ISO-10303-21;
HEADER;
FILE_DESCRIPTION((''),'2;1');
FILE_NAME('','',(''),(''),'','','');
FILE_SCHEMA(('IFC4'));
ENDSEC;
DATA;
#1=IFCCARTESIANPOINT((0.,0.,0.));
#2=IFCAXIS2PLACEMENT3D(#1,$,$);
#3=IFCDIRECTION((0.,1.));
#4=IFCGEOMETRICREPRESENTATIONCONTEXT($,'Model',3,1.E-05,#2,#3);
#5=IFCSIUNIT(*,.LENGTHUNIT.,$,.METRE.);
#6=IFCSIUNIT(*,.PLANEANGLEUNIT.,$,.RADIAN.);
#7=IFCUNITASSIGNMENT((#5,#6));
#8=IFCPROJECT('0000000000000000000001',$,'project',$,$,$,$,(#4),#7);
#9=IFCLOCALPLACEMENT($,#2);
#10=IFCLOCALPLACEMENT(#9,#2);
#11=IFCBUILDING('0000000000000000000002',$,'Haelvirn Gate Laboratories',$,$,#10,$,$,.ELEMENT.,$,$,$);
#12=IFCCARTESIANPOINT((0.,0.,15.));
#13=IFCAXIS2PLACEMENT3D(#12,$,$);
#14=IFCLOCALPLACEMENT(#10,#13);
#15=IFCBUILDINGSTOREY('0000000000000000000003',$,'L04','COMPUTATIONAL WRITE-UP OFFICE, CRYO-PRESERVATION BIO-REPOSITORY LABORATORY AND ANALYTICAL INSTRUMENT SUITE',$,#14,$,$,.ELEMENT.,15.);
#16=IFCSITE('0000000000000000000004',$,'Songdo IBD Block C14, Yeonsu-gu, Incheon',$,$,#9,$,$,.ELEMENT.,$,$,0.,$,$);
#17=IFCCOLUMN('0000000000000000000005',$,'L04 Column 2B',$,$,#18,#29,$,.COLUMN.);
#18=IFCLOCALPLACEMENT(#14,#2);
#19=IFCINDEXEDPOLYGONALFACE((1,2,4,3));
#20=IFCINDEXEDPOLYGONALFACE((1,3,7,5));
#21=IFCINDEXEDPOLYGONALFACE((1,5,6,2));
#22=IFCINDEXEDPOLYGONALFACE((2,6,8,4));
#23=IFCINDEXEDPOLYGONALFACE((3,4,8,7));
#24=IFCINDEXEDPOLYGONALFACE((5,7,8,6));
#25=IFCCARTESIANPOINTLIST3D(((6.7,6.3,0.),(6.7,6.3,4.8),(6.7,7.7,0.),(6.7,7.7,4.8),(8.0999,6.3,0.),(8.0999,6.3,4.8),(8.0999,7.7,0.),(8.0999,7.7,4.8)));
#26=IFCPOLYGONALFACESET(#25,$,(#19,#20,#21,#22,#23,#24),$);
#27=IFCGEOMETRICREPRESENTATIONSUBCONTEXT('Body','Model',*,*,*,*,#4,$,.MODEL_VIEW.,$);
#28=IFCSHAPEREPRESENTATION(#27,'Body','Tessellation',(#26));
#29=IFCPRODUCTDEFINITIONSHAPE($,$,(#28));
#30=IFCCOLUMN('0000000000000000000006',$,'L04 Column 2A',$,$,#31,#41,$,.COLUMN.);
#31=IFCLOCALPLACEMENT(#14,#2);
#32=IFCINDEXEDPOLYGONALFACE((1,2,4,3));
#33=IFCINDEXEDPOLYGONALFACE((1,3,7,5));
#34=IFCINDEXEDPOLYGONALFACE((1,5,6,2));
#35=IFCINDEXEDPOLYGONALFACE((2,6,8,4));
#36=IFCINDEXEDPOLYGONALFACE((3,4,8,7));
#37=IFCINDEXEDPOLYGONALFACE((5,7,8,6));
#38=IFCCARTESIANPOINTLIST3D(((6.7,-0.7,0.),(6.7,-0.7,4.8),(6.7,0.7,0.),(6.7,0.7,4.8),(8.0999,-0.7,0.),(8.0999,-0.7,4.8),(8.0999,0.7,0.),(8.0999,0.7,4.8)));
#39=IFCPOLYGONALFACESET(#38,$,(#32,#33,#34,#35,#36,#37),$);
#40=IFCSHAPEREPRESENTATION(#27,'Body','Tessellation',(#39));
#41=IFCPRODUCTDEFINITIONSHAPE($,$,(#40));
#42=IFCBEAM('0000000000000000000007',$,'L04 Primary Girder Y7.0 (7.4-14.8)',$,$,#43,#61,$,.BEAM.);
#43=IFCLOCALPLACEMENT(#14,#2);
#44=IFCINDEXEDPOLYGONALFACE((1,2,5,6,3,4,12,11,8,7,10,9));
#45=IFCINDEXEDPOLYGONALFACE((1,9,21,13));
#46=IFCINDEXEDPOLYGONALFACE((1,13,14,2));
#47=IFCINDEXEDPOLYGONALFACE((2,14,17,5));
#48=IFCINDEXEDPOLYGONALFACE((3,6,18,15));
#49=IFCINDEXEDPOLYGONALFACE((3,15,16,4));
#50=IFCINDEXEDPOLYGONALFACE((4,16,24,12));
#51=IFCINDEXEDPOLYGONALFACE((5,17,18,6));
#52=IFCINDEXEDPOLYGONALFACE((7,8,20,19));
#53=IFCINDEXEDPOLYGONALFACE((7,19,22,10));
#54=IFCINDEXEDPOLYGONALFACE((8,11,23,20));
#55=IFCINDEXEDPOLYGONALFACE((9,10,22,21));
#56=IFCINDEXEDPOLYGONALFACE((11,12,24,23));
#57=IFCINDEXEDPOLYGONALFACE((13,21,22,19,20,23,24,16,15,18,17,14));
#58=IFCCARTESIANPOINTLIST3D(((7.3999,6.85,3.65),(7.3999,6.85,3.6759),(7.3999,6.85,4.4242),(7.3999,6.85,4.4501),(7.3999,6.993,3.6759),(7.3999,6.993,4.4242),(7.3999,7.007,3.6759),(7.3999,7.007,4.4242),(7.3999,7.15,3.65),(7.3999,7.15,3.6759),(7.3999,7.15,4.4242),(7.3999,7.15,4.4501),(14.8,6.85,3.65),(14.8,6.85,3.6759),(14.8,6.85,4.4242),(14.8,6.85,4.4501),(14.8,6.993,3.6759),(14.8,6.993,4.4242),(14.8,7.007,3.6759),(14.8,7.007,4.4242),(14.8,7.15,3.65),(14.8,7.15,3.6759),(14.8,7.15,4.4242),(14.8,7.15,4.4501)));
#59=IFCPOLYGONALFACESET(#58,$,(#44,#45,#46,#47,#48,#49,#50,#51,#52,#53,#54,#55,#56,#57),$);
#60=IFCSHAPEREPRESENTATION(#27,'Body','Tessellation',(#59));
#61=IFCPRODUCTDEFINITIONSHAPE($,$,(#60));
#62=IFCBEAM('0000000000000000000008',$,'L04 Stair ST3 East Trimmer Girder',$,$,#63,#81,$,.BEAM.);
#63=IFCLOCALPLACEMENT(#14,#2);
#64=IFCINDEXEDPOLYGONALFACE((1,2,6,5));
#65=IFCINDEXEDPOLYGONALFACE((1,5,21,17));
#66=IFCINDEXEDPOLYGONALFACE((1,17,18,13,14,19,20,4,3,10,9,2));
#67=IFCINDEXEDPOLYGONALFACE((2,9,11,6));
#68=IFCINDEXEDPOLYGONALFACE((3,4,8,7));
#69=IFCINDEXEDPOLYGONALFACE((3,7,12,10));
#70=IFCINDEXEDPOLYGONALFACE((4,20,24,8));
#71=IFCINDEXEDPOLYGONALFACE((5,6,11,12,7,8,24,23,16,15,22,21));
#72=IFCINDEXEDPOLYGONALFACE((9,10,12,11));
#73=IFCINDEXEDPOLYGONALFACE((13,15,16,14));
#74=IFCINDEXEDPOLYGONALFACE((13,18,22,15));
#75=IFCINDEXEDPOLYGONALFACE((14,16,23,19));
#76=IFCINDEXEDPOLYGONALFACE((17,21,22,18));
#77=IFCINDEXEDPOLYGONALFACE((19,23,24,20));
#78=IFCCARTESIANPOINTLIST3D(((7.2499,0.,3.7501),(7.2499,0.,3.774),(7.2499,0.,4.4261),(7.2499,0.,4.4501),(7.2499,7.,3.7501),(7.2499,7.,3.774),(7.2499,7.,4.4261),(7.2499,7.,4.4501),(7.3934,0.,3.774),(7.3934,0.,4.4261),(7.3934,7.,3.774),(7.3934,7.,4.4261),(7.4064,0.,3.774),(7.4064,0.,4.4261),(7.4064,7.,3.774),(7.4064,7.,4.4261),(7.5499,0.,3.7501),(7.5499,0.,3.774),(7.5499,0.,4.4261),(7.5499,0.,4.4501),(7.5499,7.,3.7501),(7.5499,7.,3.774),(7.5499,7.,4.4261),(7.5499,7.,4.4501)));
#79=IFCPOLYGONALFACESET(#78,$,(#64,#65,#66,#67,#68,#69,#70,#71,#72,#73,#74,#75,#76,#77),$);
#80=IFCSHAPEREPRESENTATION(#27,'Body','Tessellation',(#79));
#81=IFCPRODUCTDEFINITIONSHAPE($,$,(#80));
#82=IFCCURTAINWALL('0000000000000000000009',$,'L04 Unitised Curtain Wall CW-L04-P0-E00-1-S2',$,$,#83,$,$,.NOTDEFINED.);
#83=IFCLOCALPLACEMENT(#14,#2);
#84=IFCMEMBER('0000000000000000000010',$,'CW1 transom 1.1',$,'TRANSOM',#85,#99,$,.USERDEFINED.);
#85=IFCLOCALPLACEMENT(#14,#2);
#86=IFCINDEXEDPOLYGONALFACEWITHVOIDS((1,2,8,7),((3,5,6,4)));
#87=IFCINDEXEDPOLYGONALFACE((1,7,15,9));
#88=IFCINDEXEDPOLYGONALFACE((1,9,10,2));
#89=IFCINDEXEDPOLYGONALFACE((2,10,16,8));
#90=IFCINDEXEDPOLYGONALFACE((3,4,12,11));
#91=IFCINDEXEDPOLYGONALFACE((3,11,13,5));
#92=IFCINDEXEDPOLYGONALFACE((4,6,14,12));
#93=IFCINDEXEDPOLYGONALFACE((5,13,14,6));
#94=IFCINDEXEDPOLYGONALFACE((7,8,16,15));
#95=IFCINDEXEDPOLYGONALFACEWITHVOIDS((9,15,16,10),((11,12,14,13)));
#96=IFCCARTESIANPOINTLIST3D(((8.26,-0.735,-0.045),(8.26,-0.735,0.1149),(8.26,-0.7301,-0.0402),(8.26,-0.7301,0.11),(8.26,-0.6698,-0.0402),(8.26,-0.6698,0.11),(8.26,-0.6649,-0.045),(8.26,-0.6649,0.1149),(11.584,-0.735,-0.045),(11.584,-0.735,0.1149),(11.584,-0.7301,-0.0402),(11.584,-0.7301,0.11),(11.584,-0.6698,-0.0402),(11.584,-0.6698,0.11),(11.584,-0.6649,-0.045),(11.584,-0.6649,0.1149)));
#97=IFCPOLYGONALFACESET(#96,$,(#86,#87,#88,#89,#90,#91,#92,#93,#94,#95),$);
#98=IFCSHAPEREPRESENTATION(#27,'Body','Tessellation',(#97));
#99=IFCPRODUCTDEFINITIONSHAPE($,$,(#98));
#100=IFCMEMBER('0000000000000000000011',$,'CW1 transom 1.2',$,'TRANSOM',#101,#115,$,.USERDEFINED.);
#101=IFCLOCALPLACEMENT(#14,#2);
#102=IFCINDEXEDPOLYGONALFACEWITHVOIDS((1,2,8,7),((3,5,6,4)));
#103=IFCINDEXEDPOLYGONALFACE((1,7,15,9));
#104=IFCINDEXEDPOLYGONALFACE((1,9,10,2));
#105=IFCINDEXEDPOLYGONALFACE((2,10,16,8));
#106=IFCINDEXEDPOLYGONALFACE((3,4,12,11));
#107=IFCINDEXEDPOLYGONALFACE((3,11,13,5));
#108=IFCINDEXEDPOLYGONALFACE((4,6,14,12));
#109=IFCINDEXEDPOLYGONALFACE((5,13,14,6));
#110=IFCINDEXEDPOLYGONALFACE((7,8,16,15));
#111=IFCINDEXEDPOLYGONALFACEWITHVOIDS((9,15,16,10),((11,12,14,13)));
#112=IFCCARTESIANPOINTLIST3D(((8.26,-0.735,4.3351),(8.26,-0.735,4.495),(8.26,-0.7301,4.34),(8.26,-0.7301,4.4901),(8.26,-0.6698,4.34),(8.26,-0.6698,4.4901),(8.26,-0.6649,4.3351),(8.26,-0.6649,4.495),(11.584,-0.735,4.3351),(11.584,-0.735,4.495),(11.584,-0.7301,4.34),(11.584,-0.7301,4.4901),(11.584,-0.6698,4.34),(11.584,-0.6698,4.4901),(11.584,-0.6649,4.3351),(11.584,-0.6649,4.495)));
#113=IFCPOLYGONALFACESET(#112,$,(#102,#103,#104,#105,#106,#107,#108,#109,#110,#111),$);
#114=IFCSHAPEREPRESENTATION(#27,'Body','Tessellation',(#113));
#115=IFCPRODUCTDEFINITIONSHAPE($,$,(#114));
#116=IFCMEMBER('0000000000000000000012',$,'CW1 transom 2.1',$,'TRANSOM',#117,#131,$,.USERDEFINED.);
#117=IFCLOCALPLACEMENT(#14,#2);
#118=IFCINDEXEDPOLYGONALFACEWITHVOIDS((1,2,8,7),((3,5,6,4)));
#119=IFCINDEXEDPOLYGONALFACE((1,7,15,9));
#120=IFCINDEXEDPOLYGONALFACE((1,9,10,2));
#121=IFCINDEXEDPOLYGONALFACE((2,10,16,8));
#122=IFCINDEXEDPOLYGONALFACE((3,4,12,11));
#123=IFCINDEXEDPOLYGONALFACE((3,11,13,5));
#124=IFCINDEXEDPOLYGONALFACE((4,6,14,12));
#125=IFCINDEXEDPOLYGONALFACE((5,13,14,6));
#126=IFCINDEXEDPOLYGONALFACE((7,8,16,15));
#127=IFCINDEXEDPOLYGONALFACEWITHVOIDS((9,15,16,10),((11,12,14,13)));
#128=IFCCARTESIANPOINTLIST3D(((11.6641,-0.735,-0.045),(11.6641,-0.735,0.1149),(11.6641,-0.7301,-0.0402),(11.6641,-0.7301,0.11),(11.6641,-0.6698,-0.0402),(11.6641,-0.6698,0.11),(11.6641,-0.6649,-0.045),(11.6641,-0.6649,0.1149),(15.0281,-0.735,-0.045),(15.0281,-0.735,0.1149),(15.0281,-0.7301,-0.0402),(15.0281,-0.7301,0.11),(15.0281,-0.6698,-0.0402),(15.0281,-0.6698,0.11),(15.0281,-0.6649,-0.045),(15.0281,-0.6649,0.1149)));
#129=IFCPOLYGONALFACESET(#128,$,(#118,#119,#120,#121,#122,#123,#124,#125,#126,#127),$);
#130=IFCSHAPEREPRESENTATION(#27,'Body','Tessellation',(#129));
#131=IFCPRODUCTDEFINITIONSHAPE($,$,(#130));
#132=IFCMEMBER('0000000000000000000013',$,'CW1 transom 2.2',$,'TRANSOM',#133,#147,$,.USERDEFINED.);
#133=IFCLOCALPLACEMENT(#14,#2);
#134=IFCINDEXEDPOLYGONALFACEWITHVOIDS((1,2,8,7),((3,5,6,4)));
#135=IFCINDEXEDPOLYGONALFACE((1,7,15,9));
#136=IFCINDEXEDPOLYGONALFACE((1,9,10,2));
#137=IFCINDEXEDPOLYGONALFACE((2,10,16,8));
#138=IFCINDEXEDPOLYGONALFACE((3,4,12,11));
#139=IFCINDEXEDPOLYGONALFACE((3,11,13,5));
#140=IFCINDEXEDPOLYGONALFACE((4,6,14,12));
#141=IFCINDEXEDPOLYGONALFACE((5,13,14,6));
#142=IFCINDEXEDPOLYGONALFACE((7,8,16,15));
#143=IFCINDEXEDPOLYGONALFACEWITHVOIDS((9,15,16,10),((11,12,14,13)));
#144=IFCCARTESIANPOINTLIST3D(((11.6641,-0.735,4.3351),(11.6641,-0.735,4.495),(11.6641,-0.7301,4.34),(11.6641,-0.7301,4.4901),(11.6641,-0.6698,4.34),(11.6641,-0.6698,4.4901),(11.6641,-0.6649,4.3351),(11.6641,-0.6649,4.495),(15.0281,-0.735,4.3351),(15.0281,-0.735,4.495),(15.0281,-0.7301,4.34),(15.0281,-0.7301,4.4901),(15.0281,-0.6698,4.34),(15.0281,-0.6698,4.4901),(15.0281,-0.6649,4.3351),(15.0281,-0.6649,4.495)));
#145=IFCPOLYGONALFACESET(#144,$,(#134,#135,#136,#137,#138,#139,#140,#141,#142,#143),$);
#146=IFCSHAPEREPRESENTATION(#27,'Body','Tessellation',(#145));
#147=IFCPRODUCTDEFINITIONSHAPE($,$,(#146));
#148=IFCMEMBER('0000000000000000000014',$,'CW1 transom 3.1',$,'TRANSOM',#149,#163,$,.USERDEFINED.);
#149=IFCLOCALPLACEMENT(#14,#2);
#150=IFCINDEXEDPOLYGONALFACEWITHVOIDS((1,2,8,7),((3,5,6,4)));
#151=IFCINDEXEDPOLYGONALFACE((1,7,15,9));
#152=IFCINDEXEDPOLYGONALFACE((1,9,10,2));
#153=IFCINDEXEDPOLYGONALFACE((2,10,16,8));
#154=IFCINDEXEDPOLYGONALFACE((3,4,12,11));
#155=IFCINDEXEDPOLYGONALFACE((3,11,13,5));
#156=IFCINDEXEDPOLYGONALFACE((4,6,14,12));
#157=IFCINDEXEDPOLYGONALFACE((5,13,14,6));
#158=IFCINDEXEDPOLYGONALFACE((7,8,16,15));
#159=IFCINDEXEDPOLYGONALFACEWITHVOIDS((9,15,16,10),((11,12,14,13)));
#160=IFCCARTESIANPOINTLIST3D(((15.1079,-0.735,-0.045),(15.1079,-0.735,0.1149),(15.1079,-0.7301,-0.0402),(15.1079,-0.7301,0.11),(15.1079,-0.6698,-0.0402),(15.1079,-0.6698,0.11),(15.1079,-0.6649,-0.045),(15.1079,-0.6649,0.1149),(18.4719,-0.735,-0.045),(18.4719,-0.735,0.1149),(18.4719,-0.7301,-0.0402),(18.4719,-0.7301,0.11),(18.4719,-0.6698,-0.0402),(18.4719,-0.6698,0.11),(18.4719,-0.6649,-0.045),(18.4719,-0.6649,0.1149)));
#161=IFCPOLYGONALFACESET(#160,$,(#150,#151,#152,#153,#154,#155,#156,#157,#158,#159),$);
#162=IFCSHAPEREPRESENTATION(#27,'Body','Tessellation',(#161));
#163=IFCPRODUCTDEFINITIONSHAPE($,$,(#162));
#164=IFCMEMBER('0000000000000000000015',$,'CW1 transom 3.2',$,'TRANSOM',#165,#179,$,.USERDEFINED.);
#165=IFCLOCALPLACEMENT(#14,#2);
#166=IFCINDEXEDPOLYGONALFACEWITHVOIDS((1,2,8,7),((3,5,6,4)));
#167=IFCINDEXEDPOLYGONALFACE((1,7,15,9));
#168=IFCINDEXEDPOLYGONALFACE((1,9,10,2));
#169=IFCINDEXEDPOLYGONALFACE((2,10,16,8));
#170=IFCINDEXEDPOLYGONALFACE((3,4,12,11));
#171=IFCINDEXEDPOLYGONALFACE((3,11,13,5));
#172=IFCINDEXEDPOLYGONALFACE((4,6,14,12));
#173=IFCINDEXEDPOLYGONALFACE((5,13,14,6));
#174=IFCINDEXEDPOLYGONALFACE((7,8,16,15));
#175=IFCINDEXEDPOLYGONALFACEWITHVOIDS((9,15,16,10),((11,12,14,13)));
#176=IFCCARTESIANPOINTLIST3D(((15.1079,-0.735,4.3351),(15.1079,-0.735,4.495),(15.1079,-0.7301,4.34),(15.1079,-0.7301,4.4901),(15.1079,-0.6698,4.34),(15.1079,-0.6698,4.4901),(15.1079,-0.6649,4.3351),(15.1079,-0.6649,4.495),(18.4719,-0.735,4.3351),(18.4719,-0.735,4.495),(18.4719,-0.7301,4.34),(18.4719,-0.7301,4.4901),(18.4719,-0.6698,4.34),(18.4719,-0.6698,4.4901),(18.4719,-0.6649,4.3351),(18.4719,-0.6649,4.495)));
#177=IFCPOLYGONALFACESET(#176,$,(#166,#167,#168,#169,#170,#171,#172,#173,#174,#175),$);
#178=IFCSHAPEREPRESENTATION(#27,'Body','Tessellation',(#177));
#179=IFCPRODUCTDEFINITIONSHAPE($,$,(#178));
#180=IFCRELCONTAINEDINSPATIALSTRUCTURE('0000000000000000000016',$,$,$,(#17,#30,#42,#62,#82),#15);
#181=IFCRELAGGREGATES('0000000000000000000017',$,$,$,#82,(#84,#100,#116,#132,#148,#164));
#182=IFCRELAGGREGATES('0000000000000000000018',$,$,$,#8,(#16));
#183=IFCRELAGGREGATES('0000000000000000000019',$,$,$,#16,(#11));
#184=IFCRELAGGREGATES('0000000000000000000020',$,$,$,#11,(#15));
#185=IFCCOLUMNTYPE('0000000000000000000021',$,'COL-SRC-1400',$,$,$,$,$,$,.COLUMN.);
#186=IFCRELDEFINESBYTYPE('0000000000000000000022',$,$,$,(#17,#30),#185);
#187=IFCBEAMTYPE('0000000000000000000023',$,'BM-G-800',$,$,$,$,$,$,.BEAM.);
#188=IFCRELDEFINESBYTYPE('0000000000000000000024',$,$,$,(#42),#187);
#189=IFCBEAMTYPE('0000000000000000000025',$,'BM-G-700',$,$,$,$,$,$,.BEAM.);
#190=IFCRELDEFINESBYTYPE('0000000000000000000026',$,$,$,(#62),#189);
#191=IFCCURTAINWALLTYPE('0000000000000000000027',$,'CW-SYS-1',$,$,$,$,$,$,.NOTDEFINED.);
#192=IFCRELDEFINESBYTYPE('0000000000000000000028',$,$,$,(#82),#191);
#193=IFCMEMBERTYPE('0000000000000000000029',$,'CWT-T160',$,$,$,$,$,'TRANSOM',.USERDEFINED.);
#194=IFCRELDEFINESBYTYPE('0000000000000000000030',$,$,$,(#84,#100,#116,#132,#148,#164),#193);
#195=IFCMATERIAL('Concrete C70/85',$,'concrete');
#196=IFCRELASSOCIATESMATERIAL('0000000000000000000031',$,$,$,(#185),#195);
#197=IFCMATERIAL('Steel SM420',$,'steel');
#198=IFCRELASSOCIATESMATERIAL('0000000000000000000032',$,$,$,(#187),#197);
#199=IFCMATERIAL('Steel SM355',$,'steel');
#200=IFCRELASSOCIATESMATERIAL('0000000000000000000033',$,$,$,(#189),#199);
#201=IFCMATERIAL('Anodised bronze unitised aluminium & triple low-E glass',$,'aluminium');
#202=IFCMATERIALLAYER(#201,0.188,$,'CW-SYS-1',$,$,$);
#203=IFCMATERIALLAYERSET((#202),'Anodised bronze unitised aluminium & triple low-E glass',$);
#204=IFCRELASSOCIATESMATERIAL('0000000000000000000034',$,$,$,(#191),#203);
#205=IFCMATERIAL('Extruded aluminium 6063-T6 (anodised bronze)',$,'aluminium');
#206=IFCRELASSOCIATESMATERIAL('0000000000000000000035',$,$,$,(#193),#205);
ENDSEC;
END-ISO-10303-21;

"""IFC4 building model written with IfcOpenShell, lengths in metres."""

from ifc_helpers import new_model, si_unit, direction, frame, origin, origin_2d, place, context, subcontext, project, spatial, rectangle, hollow_rectangle, i_section, extrude, source, transform, mapped, material, layer, layer_set, material_profile, profile_set, type_object, type_shapes, element, aggregate, save


model = new_model("IFC4")

# Units and contexts
model_context = context("Model", 3, precision=1e-05, world=origin(), true_north=direction((0.0, 1.0)))
body_context = subcontext(model_context, "Body", "Model", "MODEL_VIEW")
ifc_project = project(units=[si_unit("LENGTHUNIT", "METRE"), si_unit("PLANEANGLEUNIT", "RADIAN")], contexts=[model_context])

# Site, building, storey
site_placement = place(None, origin())
site = spatial("IfcSite", under=ifc_project, at=site_placement, Name="Songdo IBD Block C14, Yeonsu-gu, Incheon", CompositionType="ELEMENT", RefElevation=0.0)
building_placement = place(site_placement, origin())
building = spatial("IfcBuilding", under=site, at=building_placement, Name="Haelvirn Gate Laboratories", CompositionType="ELEMENT")
storey_placement = place(building_placement, frame((0.0, 0.0, 15.0)))
storey = spatial("IfcBuildingStorey", under=building, at=storey_placement, Name="L04", Description="COMPUTATIONAL WRITE-UP OFFICE, CRYO-PRESERVATION BIO-REPOSITORY LABORATORY AND ANALYTICAL INSTRUMENT SUITE", CompositionType="ELEMENT", Elevation=15.0)

# Columns
ifc_material_1 = material(Name="Concrete C70/85", Category="concrete")
ifc_material_profile_1 = material_profile(ifc_material_1, rectangle(XDim=1.3999, YDim=1.3999, at=origin_2d()), Name="SRC-1400x1400")
ifc_profile_set_1 = profile_set([ifc_material_profile_1], Name="Concrete C70/85")
column_type = type_object("IfcColumnType", Name="COL-SRC-1400", PredefinedType="COLUMN", material=ifc_profile_set_1)
shared_shape_1 = source(origin(), body_context, "Body", "SweptSolid", [
    extrude(rectangle(XDim=1.3999, YDim=1.3999, at=origin_2d()), origin(), (0.0, 0.0, 1.0), 4.8),
])
type_shapes(column_type, [shared_shape_1])
for number, where, z_axis, x_axis, name in (
    (1, (7.3999, 7.0, 0.0), (0.0, 0.0, 1.0), (1.0, 0.0, 0.0), "L04 Column 2B"),
    (2, (7.3999, 0.0, 0.0), (0.0, 0.0, 1.0), (1.0, 0.0, 0.0), "L04 Column 2A"),
):
    element("IfcColumn", number, at=place(storey_placement, frame(where, z_axis=z_axis, x_axis=x_axis)), inside=storey, type_object=column_type, Name=name, PredefinedType="COLUMN", context=body_context, shape_type="MappedRepresentation", body=[
        mapped(shared_shape_1, transform((0.0, 0.0, 0.0), scale=1.0)),
    ])

# Beams
ifc_material_2 = material(Name="Steel SM420", Category="steel")
ifc_material_profile_2 = material_profile(ifc_material_2, i_section(OverallWidth=0.3, OverallDepth=0.8, WebThickness=0.0139, FlangeThickness=0.0259, at=origin_2d()), Name="H-800x300x14x26")
ifc_profile_set_2 = profile_set([ifc_material_profile_2], Name="Steel SM420")
beam_type_1 = type_object("IfcBeamType", Name="BM-G-800", PredefinedType="BEAM", material=ifc_profile_set_2)
shared_shape_2 = source(origin(), body_context, "Body", "SweptSolid", [
    extrude(i_section(OverallWidth=0.3, OverallDepth=0.8, WebThickness=0.0139, FlangeThickness=0.0259, at=origin_2d()), origin(), (0.0, 0.0, 1.0), 7.4001),
])
type_shapes(beam_type_1, [shared_shape_2])
beam_1_placement = place(storey_placement, frame((7.3999, 7.0, 4.05), z_axis=(1.0, 0.0, 0.0), x_axis=(0.0, 1.0, 0.0)))
element("IfcBeam", 3, at=beam_1_placement, inside=storey, type_object=beam_type_1, Name="L04 Primary Girder Y7.0 (7.4-14.8)", PredefinedType="BEAM", context=body_context, shape_type="MappedRepresentation", body=[
    mapped(shared_shape_2, transform((0.0, 0.0, 0.0), scale=1.0)),
])
ifc_material_3 = material(Name="Steel SM355", Category="steel")
ifc_material_profile_3 = material_profile(ifc_material_3, i_section(OverallWidth=0.3, OverallDepth=0.7, WebThickness=0.0129, FlangeThickness=0.0239, at=origin_2d()), Name="H-700x300x13x24")
ifc_profile_set_3 = profile_set([ifc_material_profile_3], Name="Steel SM355")
beam_type_2 = type_object("IfcBeamType", Name="BM-G-700", PredefinedType="BEAM", material=ifc_profile_set_3)
shared_shape_3 = source(origin(), body_context, "Body", "SweptSolid", [
    extrude(i_section(OverallWidth=0.3, OverallDepth=0.7, WebThickness=0.0129, FlangeThickness=0.0239, at=origin_2d()), origin(), (0.0, 0.0, 1.0), 7.0),
])
type_shapes(beam_type_2, [shared_shape_3])
beam_2_placement = place(storey_placement, frame((7.3999, 0.0, 4.1001), z_axis=(0.0, 1.0, 0.0), x_axis=(-1.0, 0.0, 0.0)))
element("IfcBeam", 4, at=beam_2_placement, inside=storey, type_object=beam_type_2, Name="L04 Stair ST3 East Trimmer Girder", PredefinedType="BEAM", context=body_context, shape_type="MappedRepresentation", body=[
    mapped(shared_shape_3, transform((0.0, 0.0, 0.0), scale=1.0)),
])

# Curtain wall, members
ifc_material_4 = material(Name="Anodised bronze unitised aluminium & triple low-E glass", Category="aluminium")
ifc_layer_1 = layer(ifc_material_4, 0.188, Name="CW-SYS-1")
ifc_layer_set_1 = layer_set([ifc_layer_1], Name="Anodised bronze unitised aluminium & triple low-E glass")
curtain_wall_type = type_object("IfcCurtainWallType", Name="CW-SYS-1", PredefinedType="NOTDEFINED", material=ifc_layer_set_1)
curtain_wall_1_placement = place(storey_placement, origin())
curtain_wall_1 = element("IfcCurtainWall", 5, at=curtain_wall_1_placement, inside=storey, type_object=curtain_wall_type, Name="L04 Unitised Curtain Wall CW-L04-P0-E00-1-S2", PredefinedType="NOTDEFINED")
ifc_material_5 = material(Name="Extruded aluminium 6063-T6 (anodised bronze)", Category="aluminium")
ifc_material_profile_4 = material_profile(ifc_material_5, hollow_rectangle(XDim=0.0701, YDim=0.1599, WallThickness=0.0049, at=origin_2d()), Name="CWT-160x70x5")
ifc_profile_set_4 = profile_set([ifc_material_profile_4], Name="Extruded aluminium 6063-T6 (anodised bronze)")
member_type_1 = type_object("IfcMemberType", Name="CWT-T160", ElementType="TRANSOM", PredefinedType="USERDEFINED", material=ifc_profile_set_4)
shared_shape_4 = source(origin(), body_context, "Body", "SweptSolid", [
    extrude(hollow_rectangle(XDim=0.0701, YDim=0.1599, WallThickness=0.0049, at=origin_2d()), origin(), (0.0, 0.0, 1.0), 3.324),
])
member_1_placement = place(storey_placement, frame((8.26, -0.7, 0.0349), z_axis=(1.0, 0.0, 0.0), x_axis=(0.0, 1.0, 0.0)))
member_1 = element("IfcMember", 6, at=member_1_placement, type_object=member_type_1, Name="CW1 transom 1.1", ObjectType="TRANSOM", PredefinedType="USERDEFINED", context=body_context, shape_type="MappedRepresentation", body=[
    mapped(shared_shape_4, transform((0.0, 0.0, 0.0), scale=1.0)),
])
member_2_placement = place(storey_placement, frame((8.26, -0.7, 4.415), z_axis=(1.0, 0.0, 0.0), x_axis=(0.0, 1.0, 0.0)))
member_2 = element("IfcMember", 7, at=member_2_placement, type_object=member_type_1, Name="CW1 transom 1.2", ObjectType="TRANSOM", PredefinedType="USERDEFINED", context=body_context, shape_type="MappedRepresentation", body=[
    mapped(shared_shape_4, transform((0.0, 0.0, 0.0), scale=1.0)),
])
shared_shape_5 = source(origin(), body_context, "Body", "SweptSolid", [
    extrude(hollow_rectangle(XDim=0.0701, YDim=0.1599, WallThickness=0.0049, at=origin_2d()), origin(), (0.0, 0.0, 1.0), 3.364),
])
type_shapes(member_type_1, [shared_shape_4, shared_shape_5])
member_3_placement = place(storey_placement, frame((11.6641, -0.7, 0.0349), z_axis=(1.0, 0.0, 0.0), x_axis=(0.0, 1.0, 0.0)))
member_3 = element("IfcMember", 8, at=member_3_placement, type_object=member_type_1, Name="CW1 transom 2.1", ObjectType="TRANSOM", PredefinedType="USERDEFINED", context=body_context, shape_type="MappedRepresentation", body=[
    mapped(shared_shape_5, transform((0.0, 0.0, 0.0), scale=1.0)),
])
member_4_placement = place(storey_placement, frame((11.6641, -0.7, 4.415), z_axis=(1.0, 0.0, 0.0), x_axis=(0.0, 1.0, 0.0)))
member_4 = element("IfcMember", 9, at=member_4_placement, type_object=member_type_1, Name="CW1 transom 2.2", ObjectType="TRANSOM", PredefinedType="USERDEFINED", context=body_context, shape_type="MappedRepresentation", body=[
    mapped(shared_shape_5, transform((0.0, 0.0, 0.0), scale=1.0)),
])
member_5_placement = place(storey_placement, frame((15.1079, -0.7, 0.0349), z_axis=(1.0, 0.0, 0.0), x_axis=(0.0, 1.0, 0.0)))
member_5 = element("IfcMember", 10, at=member_5_placement, type_object=member_type_1, Name="CW1 transom 3.1", ObjectType="TRANSOM", PredefinedType="USERDEFINED", context=body_context, shape_type="MappedRepresentation", body=[
    mapped(shared_shape_5, transform((0.0, 0.0, 0.0), scale=1.0)),
])
member_6_placement = place(storey_placement, frame((15.1079, -0.7, 4.415), z_axis=(1.0, 0.0, 0.0), x_axis=(0.0, 1.0, 0.0)))
member_6 = element("IfcMember", 11, at=member_6_placement, type_object=member_type_1, Name="CW1 transom 3.2", ObjectType="TRANSOM", PredefinedType="USERDEFINED", context=body_context, shape_type="MappedRepresentation", body=[
    mapped(shared_shape_5, transform((0.0, 0.0, 0.0), scale=1.0)),
])

aggregate(curtain_wall_1, [member_1, member_2, member_3, member_4, member_5, member_6])

save(model, "model.ifc")
